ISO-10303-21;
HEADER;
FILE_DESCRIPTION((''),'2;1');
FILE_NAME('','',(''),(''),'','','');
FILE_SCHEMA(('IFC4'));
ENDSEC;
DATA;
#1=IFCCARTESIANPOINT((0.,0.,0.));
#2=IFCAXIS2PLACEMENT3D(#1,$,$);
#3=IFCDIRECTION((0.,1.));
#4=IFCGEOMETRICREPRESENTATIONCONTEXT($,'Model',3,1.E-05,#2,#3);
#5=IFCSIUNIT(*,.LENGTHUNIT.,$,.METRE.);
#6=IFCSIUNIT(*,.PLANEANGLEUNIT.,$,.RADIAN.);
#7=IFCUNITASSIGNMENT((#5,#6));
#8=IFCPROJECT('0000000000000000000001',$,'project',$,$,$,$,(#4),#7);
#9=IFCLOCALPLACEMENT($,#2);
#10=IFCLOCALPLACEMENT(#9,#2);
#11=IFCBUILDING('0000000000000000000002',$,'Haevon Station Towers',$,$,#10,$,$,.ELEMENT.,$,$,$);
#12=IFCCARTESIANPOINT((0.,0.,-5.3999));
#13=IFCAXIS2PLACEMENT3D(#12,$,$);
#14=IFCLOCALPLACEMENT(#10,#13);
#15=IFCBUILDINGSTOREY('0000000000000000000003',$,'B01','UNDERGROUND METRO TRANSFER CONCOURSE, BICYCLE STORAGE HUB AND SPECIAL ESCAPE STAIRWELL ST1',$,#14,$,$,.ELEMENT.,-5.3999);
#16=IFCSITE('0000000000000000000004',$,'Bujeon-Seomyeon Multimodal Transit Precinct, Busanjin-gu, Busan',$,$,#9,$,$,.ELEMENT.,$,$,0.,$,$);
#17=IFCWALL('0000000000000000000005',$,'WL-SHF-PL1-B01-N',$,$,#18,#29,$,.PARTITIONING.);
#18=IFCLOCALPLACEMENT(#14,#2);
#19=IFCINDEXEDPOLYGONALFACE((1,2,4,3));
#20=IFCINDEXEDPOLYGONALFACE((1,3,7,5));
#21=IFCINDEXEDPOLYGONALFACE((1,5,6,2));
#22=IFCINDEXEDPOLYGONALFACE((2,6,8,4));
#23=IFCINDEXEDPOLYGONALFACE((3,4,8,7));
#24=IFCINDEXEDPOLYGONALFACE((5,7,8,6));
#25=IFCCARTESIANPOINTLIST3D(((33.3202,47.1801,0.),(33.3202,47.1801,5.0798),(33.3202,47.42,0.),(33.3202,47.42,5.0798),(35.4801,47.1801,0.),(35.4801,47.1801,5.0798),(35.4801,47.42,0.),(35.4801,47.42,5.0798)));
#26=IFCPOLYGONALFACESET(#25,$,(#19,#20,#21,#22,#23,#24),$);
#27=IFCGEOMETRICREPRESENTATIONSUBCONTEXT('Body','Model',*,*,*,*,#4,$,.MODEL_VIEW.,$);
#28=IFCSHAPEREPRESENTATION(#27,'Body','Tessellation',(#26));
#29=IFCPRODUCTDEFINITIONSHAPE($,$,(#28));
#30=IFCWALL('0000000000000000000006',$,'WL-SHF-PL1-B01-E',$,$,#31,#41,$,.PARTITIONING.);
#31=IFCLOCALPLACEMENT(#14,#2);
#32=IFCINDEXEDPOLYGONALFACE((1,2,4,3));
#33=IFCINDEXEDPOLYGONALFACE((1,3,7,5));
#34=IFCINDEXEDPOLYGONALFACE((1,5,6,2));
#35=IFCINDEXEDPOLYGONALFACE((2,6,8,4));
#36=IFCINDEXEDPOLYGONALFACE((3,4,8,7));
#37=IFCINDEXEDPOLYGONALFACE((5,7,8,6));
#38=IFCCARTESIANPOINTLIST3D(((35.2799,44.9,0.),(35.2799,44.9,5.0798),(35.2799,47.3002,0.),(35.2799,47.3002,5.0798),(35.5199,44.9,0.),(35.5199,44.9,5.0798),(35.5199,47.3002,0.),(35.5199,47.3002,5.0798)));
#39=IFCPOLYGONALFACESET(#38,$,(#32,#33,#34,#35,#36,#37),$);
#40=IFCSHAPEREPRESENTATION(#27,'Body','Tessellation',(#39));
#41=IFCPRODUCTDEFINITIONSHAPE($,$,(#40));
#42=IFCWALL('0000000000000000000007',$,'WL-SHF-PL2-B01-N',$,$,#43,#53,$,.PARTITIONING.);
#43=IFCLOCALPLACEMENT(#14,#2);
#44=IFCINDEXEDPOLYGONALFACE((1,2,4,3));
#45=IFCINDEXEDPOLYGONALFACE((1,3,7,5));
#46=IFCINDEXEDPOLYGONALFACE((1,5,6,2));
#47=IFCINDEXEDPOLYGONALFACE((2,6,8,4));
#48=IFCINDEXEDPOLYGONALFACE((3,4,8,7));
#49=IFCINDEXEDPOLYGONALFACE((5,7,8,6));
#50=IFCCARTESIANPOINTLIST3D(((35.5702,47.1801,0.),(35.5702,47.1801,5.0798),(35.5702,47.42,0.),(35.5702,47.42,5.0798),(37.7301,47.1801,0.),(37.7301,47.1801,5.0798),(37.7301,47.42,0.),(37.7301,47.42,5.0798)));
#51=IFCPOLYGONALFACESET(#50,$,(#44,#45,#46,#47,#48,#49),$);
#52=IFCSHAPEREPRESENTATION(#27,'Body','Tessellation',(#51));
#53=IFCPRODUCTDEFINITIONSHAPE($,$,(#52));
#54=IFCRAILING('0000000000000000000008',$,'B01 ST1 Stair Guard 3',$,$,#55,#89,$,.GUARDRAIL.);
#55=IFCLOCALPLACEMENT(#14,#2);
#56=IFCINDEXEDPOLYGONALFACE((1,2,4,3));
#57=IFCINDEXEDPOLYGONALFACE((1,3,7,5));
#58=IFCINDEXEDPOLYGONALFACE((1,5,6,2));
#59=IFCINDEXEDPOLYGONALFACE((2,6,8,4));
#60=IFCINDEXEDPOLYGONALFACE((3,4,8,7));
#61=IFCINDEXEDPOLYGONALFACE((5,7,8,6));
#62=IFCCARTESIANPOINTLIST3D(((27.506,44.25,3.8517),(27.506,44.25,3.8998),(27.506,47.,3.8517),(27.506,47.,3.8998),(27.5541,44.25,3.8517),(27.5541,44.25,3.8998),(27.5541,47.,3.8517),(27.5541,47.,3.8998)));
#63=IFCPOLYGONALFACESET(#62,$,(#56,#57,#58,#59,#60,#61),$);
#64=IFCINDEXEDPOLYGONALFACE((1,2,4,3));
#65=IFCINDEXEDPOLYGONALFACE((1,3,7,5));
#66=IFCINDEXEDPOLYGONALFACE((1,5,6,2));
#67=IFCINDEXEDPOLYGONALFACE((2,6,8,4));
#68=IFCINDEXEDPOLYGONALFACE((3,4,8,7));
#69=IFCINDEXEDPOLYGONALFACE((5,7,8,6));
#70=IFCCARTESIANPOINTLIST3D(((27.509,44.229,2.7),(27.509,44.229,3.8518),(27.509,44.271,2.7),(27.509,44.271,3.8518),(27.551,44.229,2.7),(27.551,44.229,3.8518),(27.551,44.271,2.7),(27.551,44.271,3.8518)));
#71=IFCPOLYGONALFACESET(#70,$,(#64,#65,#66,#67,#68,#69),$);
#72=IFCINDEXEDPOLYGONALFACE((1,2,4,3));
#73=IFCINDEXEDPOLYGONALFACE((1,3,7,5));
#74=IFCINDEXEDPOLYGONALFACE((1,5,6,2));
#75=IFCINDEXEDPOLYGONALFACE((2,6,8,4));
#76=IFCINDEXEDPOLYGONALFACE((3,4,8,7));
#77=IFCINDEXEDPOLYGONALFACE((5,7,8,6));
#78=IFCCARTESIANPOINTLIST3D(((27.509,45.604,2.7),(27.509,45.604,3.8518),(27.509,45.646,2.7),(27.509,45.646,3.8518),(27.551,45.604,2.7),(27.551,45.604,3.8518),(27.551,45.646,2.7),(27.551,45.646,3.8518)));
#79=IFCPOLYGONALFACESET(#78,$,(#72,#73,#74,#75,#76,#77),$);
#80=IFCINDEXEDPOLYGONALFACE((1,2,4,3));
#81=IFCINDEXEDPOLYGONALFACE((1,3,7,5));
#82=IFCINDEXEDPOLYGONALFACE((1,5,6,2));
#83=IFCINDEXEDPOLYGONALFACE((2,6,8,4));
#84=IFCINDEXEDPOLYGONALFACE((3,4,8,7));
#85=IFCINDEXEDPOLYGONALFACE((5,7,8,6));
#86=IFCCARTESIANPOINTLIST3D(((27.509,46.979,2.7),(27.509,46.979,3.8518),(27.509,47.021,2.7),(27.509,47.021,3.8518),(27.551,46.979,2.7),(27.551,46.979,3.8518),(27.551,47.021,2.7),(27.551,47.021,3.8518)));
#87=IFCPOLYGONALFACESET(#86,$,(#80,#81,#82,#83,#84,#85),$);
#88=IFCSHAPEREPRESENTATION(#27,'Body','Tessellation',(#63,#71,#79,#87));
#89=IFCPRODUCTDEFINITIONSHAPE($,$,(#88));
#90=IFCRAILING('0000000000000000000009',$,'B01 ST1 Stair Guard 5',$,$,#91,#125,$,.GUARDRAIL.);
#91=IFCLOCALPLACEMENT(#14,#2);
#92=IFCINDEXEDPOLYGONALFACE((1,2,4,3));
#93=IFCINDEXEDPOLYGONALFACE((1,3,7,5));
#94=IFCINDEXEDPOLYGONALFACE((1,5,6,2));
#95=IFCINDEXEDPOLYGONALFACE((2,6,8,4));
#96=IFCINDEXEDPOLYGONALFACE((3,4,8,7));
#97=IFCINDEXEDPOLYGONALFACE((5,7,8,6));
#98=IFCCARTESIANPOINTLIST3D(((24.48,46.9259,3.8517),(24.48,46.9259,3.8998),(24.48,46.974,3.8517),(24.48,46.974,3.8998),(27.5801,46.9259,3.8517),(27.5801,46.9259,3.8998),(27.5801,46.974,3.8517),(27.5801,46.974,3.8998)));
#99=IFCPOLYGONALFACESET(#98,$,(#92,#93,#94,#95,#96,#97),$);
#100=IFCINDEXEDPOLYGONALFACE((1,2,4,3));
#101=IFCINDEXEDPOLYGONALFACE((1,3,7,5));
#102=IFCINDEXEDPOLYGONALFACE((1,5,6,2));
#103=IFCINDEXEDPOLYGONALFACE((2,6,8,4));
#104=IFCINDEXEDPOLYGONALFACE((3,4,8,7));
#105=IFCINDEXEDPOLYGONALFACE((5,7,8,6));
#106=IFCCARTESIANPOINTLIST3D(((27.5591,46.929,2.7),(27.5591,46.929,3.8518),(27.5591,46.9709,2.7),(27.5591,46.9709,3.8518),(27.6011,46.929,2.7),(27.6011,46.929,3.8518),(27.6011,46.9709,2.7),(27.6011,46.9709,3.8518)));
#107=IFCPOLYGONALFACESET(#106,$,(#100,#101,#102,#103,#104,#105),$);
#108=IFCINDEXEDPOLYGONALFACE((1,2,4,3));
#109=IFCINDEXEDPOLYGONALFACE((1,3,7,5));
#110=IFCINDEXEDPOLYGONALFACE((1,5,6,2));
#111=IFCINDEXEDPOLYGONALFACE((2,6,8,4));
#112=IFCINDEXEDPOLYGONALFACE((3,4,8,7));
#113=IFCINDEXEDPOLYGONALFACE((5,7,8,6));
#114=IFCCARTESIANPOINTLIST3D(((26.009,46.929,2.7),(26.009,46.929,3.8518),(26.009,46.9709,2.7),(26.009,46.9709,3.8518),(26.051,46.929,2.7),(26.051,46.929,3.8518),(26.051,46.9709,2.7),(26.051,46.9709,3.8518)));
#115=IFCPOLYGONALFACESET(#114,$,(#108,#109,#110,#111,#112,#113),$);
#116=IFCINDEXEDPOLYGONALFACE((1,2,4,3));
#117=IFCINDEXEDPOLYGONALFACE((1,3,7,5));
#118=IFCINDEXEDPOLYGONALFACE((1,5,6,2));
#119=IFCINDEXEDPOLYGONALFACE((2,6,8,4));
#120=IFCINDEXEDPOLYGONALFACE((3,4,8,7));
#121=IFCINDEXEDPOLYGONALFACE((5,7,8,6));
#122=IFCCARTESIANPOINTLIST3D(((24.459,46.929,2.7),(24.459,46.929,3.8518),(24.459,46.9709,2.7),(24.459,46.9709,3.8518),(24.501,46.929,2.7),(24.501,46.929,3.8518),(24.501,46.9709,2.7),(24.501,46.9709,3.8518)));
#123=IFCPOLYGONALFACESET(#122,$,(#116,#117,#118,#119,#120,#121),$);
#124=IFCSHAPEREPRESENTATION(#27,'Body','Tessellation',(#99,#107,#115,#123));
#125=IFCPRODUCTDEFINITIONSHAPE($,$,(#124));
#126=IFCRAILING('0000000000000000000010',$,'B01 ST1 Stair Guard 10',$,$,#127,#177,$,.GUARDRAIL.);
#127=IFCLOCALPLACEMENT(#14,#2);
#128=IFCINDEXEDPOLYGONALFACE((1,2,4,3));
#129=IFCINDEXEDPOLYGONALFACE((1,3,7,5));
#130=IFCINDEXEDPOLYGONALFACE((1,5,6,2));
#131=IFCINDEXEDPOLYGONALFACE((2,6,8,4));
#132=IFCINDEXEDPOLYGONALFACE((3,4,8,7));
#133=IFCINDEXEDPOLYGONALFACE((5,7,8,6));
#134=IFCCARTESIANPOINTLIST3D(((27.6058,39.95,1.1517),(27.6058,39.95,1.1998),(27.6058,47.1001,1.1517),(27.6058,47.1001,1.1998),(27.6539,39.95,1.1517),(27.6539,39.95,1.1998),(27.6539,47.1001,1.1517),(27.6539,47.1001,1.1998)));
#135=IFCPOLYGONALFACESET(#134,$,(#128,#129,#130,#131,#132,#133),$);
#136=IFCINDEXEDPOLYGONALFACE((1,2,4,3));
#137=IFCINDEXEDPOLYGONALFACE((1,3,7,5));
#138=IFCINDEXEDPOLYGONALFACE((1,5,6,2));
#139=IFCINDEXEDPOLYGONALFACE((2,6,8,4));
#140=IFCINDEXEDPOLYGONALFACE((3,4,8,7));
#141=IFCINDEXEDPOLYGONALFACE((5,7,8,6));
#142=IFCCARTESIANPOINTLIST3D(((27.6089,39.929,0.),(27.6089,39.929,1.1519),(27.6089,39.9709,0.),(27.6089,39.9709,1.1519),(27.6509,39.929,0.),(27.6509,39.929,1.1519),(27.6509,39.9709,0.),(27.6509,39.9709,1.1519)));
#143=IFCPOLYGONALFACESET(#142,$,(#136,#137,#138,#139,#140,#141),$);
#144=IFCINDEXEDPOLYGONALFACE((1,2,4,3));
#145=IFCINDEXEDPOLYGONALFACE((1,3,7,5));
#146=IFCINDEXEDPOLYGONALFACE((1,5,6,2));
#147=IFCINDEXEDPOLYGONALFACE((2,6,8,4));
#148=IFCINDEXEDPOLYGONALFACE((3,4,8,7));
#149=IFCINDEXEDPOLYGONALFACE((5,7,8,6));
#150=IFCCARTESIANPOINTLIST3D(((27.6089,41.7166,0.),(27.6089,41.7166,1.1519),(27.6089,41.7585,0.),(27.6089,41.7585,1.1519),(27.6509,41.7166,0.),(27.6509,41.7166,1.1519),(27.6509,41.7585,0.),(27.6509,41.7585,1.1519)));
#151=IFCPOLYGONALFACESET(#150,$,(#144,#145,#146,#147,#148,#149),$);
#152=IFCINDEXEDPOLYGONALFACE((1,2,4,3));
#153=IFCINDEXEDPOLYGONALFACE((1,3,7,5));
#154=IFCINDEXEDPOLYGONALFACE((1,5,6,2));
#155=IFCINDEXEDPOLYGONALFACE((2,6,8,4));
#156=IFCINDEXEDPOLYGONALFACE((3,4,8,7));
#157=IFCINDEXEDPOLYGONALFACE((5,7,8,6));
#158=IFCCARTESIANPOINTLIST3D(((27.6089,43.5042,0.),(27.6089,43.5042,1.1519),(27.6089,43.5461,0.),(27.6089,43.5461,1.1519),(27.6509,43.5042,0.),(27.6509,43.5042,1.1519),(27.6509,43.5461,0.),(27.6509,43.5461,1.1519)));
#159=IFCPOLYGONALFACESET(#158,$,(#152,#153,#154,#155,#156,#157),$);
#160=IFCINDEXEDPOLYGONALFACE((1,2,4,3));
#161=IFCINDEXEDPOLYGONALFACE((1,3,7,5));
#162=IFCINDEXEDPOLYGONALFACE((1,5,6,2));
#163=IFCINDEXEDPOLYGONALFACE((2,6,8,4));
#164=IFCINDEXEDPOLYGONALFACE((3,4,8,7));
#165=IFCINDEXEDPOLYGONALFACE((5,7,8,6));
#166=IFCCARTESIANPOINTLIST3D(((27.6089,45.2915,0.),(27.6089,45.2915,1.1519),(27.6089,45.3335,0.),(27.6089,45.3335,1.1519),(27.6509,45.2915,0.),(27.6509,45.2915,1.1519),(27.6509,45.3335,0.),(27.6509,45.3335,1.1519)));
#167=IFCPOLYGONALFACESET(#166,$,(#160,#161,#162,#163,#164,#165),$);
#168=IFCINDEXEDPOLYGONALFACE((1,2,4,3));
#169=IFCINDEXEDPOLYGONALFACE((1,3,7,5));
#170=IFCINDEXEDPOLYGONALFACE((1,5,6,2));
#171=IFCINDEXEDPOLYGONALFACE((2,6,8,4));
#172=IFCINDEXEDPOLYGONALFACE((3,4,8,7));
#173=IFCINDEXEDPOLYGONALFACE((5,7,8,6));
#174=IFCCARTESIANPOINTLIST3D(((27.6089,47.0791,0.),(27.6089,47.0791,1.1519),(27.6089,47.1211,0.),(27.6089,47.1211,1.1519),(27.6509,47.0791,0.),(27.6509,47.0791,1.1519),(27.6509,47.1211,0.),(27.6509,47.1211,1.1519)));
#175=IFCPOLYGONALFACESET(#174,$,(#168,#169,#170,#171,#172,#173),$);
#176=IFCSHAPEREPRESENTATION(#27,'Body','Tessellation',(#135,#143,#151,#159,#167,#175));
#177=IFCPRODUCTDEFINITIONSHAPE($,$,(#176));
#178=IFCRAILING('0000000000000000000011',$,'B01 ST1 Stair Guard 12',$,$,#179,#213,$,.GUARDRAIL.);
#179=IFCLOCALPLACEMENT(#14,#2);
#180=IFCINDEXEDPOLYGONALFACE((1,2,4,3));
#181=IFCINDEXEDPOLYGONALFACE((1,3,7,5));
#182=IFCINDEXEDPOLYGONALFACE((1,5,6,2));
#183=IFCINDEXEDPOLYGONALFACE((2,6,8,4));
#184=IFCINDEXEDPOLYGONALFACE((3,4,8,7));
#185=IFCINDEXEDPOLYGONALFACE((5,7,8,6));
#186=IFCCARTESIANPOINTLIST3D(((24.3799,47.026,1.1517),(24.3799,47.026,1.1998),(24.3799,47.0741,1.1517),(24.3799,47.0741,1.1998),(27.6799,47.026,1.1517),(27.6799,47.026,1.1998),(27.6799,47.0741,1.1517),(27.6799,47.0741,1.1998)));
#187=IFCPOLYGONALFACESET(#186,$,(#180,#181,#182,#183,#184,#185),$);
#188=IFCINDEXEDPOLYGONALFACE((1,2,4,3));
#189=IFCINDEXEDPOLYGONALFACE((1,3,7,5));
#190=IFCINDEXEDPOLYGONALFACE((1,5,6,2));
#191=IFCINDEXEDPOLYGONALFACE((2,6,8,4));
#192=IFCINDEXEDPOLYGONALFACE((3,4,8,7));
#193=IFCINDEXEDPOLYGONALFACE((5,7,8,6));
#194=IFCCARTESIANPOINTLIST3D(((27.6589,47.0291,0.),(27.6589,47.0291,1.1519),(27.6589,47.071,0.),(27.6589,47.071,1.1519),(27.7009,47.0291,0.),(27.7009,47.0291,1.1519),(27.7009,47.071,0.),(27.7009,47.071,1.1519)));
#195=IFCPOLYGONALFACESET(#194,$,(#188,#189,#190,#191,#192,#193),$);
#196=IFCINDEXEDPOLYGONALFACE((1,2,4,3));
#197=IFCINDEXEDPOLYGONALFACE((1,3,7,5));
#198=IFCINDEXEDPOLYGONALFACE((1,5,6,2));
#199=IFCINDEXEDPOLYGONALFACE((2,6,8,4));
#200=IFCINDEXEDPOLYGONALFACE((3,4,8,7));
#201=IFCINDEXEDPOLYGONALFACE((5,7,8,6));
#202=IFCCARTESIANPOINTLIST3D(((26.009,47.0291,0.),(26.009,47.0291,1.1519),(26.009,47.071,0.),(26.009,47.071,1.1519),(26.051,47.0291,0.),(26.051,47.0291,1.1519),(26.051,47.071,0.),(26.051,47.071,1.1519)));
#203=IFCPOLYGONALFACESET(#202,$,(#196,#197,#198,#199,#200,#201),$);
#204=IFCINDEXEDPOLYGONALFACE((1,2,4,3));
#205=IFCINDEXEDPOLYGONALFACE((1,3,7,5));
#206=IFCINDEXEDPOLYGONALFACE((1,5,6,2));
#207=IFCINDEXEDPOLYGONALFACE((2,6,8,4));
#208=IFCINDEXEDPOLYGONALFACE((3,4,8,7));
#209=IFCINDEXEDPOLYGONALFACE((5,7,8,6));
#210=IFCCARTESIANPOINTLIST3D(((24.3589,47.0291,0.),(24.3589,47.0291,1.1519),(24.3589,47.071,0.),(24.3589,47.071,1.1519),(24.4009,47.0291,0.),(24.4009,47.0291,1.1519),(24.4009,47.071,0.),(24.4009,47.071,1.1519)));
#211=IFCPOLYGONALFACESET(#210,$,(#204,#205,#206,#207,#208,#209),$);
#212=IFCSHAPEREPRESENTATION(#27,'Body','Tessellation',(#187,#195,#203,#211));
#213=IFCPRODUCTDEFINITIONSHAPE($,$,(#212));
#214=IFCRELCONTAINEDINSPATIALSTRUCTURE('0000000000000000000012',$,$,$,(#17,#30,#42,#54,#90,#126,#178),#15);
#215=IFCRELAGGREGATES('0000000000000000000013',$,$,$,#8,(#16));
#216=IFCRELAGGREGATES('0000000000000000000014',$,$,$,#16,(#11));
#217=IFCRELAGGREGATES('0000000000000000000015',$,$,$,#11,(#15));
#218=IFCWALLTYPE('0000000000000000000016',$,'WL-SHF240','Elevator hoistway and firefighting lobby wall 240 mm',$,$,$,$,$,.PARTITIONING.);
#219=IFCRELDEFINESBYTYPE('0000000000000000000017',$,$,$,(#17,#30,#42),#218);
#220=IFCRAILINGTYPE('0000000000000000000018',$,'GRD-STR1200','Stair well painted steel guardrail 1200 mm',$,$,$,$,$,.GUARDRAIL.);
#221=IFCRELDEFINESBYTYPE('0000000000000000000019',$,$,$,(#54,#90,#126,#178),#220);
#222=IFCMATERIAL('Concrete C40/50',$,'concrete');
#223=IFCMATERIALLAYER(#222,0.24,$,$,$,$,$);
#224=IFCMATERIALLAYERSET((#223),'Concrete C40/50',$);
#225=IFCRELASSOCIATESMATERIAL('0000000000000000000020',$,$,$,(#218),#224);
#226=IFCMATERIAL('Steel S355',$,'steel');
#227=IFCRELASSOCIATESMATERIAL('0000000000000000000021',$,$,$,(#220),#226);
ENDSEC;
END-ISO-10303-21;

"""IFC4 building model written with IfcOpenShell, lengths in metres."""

from ifc_helpers import new_model, si_unit, direction, frame, frame_2d, origin, origin_2d, place, context, subcontext, project, spatial, rectangle, extrude, material, layer, layer_set, type_object, element, save


model = new_model("IFC4")

# Units and contexts
model_context = context("Model", 3, precision=1e-05, world=origin(), true_north=direction((0.0, 1.0)))
body_context = subcontext(model_context, "Body", "Model", "MODEL_VIEW")
ifc_project = project(units=[si_unit("LENGTHUNIT", "METRE"), si_unit("PLANEANGLEUNIT", "RADIAN")], contexts=[model_context])

# Site, building, storey
site_placement = place(None, origin())
site = spatial("IfcSite", under=ifc_project, at=site_placement, Name="Bujeon-Seomyeon Multimodal Transit Precinct, Busanjin-gu, Busan", CompositionType="ELEMENT", RefElevation=0.0)
building_placement = place(site_placement, origin())
building = spatial("IfcBuilding", under=site, at=building_placement, Name="Haevon Station Towers", CompositionType="ELEMENT")
storey_placement = place(building_placement, frame((0.0, 0.0, -5.3999)))
storey = spatial("IfcBuildingStorey", under=building, at=storey_placement, Name="B01", Description="UNDERGROUND METRO TRANSFER CONCOURSE, BICYCLE STORAGE HUB AND SPECIAL ESCAPE STAIRWELL ST1", CompositionType="ELEMENT", Elevation=-5.3999)

# Shared definitions
ifc_material_1 = material(Name="Steel S355", Category="steel")

# Shared definitions
ifc_material_2 = material(Name="Concrete C40/50", Category="concrete")
ifc_layer = layer(ifc_material_2, 0.24)
ifc_layer_set = layer_set([ifc_layer], Name="Concrete C40/50")
wall_type = type_object("IfcWallType", Name="WL-SHF240", Description="Elevator hoistway and firefighting lobby wall 240 mm", PredefinedType="PARTITIONING", material=ifc_layer_set)

# Walls
wall_1_placement = place(storey_placement, frame((33.3201, 47.3, 0.0), z_axis=(0.0, 0.0, 1.0), x_axis=(1.0, 0.0, 0.0)))
element("IfcWall", 1, at=wall_1_placement, inside=storey, type_object=wall_type, Name="WL-SHF-PL1-B01-N", PredefinedType="PARTITIONING", context=body_context, shape_type="SweptSolid", body=[
    extrude(rectangle(XDim=2.1599, YDim=0.24, at=frame_2d((1.0801, 0.0))), origin(), (0.0, 0.0, 1.0), 5.0798),
])
wall_2_placement = place(storey_placement, frame((35.3999, 44.8999, 0.0), z_axis=(0.0, 0.0, 1.0), x_axis=(0.0, 1.0, 0.0)))
element("IfcWall", 2, at=wall_2_placement, inside=storey, type_object=wall_type, Name="WL-SHF-PL1-B01-E", PredefinedType="PARTITIONING", context=body_context, shape_type="SweptSolid", body=[
    extrude(rectangle(XDim=2.4001, YDim=0.24, at=frame_2d((1.2002, 0.0))), origin(), (0.0, 0.0, 1.0), 5.0798),
])

# Wall
wall_3_placement = place(storey_placement, frame((35.5701, 47.3, 0.0), z_axis=(0.0, 0.0, 1.0), x_axis=(1.0, 0.0, 0.0)))
element("IfcWall", 3, at=wall_3_placement, inside=storey, type_object=wall_type, Name="WL-SHF-PL2-B01-N", PredefinedType="PARTITIONING", context=body_context, shape_type="SweptSolid", body=[
    extrude(rectangle(XDim=2.1599, YDim=0.24, at=frame_2d((1.0801, 0.0))), origin(), (0.0, 0.0, 1.0), 5.0798),
])

# Railings
railing_type = type_object("IfcRailingType", Name="GRD-STR1200", Description="Stair well painted steel guardrail 1200 mm", PredefinedType="GUARDRAIL", material=ifc_material_1)
railing_1_placement = place(storey_placement, frame((27.53, 44.25, 2.7)))
element("IfcRailing", 4, at=railing_1_placement, inside=storey, type_object=railing_type, Name="B01 ST1 Stair Guard 3", PredefinedType="GUARDRAIL", context=body_context, shape_type="SweptSolid", body=[
    extrude(rectangle(XDim=0.0481, YDim=0.0481, at=origin_2d()), frame((0.0, 0.0, 1.1758), z_axis=(0.0, 1.0, 0.0), x_axis=(-1.0, 0.0, 0.0)), (0.0, 0.0, 1.0), 2.75),
    extrude(rectangle(XDim=0.042, YDim=0.042, at=origin_2d()), origin(), (0.0, 0.0, 1.0), 1.1519),
    extrude(rectangle(XDim=0.042, YDim=0.042, at=origin_2d()), frame((0.0, 1.375, 0.0)), (0.0, 0.0, 1.0), 1.1519),
    extrude(rectangle(XDim=0.042, YDim=0.042, at=origin_2d()), frame((0.0, 2.75, 0.0)), (0.0, 0.0, 1.0), 1.1519),
])
railing_2_placement = place(storey_placement, frame((27.5801, 46.95, 2.7)))
element("IfcRailing", 5, at=railing_2_placement, inside=storey, type_object=railing_type, Name="B01 ST1 Stair Guard 5", PredefinedType="GUARDRAIL", context=body_context, shape_type="SweptSolid", body=[
    extrude(rectangle(XDim=0.0481, YDim=0.0481, at=origin_2d()), frame((0.0, 0.0, 1.1758), z_axis=(-1.0, 0.0, 0.0), x_axis=(0.0, -1.0, 0.0)), (0.0, 0.0, 1.0), 3.1001),
    extrude(rectangle(XDim=0.042, YDim=0.042, at=origin_2d()), origin(), (0.0, 0.0, 1.0), 1.1519),
    extrude(rectangle(XDim=0.042, YDim=0.042, at=origin_2d()), frame((-1.55, 0.0, 0.0)), (0.0, 0.0, 1.0), 1.1519),
    extrude(rectangle(XDim=0.042, YDim=0.042, at=origin_2d()), frame((-3.1001, 0.0, 0.0)), (0.0, 0.0, 1.0), 1.1519),
])
railing_3_placement = place(storey_placement, frame((27.6299, 39.95, 0.0)))
element("IfcRailing", 6, at=railing_3_placement, inside=storey, type_object=railing_type, Name="B01 ST1 Stair Guard 10", PredefinedType="GUARDRAIL", context=body_context, shape_type="SweptSolid", body=[
    extrude(rectangle(XDim=0.0481, YDim=0.0481, at=origin_2d()), frame((0.0, 0.0, 1.1758), z_axis=(0.0, 1.0, 0.0), x_axis=(-1.0, 0.0, 0.0)), (0.0, 0.0, 1.0), 7.1501),
    extrude(rectangle(XDim=0.042, YDim=0.042, at=origin_2d()), origin(), (0.0, 0.0, 1.0), 1.1519),
    extrude(rectangle(XDim=0.042, YDim=0.042, at=origin_2d()), frame((0.0, 1.7876, 0.0)), (0.0, 0.0, 1.0), 1.1519),
    extrude(rectangle(XDim=0.042, YDim=0.042, at=origin_2d()), frame((0.0, 3.5752, 0.0)), (0.0, 0.0, 1.0), 1.1519),
    extrude(rectangle(XDim=0.042, YDim=0.042, at=origin_2d()), frame((0.0, 5.3625, 0.0)), (0.0, 0.0, 1.0), 1.1519),
    extrude(rectangle(XDim=0.042, YDim=0.042, at=origin_2d()), frame((0.0, 7.1501, 0.0)), (0.0, 0.0, 1.0), 1.1519),
])
railing_4_placement = place(storey_placement, frame((27.6799, 47.05, 0.0)))
element("IfcRailing", 7, at=railing_4_placement, inside=storey, type_object=railing_type, Name="B01 ST1 Stair Guard 12", PredefinedType="GUARDRAIL", context=body_context, shape_type="SweptSolid", body=[
    extrude(rectangle(XDim=0.0481, YDim=0.0481, at=origin_2d()), frame((0.0, 0.0, 1.1758), z_axis=(-1.0, 0.0, 0.0), x_axis=(0.0, -1.0, 0.0)), (0.0, 0.0, 1.0), 3.3),
    extrude(rectangle(XDim=0.042, YDim=0.042, at=origin_2d()), origin(), (0.0, 0.0, 1.0), 1.1519),
    extrude(rectangle(XDim=0.042, YDim=0.042, at=origin_2d()), frame((-1.6499, 0.0, 0.0)), (0.0, 0.0, 1.0), 1.1519),
    extrude(rectangle(XDim=0.042, YDim=0.042, at=origin_2d()), frame((-3.3, 0.0, 0.0)), (0.0, 0.0, 1.0), 1.1519),
])

save(model, "model.ifc")
